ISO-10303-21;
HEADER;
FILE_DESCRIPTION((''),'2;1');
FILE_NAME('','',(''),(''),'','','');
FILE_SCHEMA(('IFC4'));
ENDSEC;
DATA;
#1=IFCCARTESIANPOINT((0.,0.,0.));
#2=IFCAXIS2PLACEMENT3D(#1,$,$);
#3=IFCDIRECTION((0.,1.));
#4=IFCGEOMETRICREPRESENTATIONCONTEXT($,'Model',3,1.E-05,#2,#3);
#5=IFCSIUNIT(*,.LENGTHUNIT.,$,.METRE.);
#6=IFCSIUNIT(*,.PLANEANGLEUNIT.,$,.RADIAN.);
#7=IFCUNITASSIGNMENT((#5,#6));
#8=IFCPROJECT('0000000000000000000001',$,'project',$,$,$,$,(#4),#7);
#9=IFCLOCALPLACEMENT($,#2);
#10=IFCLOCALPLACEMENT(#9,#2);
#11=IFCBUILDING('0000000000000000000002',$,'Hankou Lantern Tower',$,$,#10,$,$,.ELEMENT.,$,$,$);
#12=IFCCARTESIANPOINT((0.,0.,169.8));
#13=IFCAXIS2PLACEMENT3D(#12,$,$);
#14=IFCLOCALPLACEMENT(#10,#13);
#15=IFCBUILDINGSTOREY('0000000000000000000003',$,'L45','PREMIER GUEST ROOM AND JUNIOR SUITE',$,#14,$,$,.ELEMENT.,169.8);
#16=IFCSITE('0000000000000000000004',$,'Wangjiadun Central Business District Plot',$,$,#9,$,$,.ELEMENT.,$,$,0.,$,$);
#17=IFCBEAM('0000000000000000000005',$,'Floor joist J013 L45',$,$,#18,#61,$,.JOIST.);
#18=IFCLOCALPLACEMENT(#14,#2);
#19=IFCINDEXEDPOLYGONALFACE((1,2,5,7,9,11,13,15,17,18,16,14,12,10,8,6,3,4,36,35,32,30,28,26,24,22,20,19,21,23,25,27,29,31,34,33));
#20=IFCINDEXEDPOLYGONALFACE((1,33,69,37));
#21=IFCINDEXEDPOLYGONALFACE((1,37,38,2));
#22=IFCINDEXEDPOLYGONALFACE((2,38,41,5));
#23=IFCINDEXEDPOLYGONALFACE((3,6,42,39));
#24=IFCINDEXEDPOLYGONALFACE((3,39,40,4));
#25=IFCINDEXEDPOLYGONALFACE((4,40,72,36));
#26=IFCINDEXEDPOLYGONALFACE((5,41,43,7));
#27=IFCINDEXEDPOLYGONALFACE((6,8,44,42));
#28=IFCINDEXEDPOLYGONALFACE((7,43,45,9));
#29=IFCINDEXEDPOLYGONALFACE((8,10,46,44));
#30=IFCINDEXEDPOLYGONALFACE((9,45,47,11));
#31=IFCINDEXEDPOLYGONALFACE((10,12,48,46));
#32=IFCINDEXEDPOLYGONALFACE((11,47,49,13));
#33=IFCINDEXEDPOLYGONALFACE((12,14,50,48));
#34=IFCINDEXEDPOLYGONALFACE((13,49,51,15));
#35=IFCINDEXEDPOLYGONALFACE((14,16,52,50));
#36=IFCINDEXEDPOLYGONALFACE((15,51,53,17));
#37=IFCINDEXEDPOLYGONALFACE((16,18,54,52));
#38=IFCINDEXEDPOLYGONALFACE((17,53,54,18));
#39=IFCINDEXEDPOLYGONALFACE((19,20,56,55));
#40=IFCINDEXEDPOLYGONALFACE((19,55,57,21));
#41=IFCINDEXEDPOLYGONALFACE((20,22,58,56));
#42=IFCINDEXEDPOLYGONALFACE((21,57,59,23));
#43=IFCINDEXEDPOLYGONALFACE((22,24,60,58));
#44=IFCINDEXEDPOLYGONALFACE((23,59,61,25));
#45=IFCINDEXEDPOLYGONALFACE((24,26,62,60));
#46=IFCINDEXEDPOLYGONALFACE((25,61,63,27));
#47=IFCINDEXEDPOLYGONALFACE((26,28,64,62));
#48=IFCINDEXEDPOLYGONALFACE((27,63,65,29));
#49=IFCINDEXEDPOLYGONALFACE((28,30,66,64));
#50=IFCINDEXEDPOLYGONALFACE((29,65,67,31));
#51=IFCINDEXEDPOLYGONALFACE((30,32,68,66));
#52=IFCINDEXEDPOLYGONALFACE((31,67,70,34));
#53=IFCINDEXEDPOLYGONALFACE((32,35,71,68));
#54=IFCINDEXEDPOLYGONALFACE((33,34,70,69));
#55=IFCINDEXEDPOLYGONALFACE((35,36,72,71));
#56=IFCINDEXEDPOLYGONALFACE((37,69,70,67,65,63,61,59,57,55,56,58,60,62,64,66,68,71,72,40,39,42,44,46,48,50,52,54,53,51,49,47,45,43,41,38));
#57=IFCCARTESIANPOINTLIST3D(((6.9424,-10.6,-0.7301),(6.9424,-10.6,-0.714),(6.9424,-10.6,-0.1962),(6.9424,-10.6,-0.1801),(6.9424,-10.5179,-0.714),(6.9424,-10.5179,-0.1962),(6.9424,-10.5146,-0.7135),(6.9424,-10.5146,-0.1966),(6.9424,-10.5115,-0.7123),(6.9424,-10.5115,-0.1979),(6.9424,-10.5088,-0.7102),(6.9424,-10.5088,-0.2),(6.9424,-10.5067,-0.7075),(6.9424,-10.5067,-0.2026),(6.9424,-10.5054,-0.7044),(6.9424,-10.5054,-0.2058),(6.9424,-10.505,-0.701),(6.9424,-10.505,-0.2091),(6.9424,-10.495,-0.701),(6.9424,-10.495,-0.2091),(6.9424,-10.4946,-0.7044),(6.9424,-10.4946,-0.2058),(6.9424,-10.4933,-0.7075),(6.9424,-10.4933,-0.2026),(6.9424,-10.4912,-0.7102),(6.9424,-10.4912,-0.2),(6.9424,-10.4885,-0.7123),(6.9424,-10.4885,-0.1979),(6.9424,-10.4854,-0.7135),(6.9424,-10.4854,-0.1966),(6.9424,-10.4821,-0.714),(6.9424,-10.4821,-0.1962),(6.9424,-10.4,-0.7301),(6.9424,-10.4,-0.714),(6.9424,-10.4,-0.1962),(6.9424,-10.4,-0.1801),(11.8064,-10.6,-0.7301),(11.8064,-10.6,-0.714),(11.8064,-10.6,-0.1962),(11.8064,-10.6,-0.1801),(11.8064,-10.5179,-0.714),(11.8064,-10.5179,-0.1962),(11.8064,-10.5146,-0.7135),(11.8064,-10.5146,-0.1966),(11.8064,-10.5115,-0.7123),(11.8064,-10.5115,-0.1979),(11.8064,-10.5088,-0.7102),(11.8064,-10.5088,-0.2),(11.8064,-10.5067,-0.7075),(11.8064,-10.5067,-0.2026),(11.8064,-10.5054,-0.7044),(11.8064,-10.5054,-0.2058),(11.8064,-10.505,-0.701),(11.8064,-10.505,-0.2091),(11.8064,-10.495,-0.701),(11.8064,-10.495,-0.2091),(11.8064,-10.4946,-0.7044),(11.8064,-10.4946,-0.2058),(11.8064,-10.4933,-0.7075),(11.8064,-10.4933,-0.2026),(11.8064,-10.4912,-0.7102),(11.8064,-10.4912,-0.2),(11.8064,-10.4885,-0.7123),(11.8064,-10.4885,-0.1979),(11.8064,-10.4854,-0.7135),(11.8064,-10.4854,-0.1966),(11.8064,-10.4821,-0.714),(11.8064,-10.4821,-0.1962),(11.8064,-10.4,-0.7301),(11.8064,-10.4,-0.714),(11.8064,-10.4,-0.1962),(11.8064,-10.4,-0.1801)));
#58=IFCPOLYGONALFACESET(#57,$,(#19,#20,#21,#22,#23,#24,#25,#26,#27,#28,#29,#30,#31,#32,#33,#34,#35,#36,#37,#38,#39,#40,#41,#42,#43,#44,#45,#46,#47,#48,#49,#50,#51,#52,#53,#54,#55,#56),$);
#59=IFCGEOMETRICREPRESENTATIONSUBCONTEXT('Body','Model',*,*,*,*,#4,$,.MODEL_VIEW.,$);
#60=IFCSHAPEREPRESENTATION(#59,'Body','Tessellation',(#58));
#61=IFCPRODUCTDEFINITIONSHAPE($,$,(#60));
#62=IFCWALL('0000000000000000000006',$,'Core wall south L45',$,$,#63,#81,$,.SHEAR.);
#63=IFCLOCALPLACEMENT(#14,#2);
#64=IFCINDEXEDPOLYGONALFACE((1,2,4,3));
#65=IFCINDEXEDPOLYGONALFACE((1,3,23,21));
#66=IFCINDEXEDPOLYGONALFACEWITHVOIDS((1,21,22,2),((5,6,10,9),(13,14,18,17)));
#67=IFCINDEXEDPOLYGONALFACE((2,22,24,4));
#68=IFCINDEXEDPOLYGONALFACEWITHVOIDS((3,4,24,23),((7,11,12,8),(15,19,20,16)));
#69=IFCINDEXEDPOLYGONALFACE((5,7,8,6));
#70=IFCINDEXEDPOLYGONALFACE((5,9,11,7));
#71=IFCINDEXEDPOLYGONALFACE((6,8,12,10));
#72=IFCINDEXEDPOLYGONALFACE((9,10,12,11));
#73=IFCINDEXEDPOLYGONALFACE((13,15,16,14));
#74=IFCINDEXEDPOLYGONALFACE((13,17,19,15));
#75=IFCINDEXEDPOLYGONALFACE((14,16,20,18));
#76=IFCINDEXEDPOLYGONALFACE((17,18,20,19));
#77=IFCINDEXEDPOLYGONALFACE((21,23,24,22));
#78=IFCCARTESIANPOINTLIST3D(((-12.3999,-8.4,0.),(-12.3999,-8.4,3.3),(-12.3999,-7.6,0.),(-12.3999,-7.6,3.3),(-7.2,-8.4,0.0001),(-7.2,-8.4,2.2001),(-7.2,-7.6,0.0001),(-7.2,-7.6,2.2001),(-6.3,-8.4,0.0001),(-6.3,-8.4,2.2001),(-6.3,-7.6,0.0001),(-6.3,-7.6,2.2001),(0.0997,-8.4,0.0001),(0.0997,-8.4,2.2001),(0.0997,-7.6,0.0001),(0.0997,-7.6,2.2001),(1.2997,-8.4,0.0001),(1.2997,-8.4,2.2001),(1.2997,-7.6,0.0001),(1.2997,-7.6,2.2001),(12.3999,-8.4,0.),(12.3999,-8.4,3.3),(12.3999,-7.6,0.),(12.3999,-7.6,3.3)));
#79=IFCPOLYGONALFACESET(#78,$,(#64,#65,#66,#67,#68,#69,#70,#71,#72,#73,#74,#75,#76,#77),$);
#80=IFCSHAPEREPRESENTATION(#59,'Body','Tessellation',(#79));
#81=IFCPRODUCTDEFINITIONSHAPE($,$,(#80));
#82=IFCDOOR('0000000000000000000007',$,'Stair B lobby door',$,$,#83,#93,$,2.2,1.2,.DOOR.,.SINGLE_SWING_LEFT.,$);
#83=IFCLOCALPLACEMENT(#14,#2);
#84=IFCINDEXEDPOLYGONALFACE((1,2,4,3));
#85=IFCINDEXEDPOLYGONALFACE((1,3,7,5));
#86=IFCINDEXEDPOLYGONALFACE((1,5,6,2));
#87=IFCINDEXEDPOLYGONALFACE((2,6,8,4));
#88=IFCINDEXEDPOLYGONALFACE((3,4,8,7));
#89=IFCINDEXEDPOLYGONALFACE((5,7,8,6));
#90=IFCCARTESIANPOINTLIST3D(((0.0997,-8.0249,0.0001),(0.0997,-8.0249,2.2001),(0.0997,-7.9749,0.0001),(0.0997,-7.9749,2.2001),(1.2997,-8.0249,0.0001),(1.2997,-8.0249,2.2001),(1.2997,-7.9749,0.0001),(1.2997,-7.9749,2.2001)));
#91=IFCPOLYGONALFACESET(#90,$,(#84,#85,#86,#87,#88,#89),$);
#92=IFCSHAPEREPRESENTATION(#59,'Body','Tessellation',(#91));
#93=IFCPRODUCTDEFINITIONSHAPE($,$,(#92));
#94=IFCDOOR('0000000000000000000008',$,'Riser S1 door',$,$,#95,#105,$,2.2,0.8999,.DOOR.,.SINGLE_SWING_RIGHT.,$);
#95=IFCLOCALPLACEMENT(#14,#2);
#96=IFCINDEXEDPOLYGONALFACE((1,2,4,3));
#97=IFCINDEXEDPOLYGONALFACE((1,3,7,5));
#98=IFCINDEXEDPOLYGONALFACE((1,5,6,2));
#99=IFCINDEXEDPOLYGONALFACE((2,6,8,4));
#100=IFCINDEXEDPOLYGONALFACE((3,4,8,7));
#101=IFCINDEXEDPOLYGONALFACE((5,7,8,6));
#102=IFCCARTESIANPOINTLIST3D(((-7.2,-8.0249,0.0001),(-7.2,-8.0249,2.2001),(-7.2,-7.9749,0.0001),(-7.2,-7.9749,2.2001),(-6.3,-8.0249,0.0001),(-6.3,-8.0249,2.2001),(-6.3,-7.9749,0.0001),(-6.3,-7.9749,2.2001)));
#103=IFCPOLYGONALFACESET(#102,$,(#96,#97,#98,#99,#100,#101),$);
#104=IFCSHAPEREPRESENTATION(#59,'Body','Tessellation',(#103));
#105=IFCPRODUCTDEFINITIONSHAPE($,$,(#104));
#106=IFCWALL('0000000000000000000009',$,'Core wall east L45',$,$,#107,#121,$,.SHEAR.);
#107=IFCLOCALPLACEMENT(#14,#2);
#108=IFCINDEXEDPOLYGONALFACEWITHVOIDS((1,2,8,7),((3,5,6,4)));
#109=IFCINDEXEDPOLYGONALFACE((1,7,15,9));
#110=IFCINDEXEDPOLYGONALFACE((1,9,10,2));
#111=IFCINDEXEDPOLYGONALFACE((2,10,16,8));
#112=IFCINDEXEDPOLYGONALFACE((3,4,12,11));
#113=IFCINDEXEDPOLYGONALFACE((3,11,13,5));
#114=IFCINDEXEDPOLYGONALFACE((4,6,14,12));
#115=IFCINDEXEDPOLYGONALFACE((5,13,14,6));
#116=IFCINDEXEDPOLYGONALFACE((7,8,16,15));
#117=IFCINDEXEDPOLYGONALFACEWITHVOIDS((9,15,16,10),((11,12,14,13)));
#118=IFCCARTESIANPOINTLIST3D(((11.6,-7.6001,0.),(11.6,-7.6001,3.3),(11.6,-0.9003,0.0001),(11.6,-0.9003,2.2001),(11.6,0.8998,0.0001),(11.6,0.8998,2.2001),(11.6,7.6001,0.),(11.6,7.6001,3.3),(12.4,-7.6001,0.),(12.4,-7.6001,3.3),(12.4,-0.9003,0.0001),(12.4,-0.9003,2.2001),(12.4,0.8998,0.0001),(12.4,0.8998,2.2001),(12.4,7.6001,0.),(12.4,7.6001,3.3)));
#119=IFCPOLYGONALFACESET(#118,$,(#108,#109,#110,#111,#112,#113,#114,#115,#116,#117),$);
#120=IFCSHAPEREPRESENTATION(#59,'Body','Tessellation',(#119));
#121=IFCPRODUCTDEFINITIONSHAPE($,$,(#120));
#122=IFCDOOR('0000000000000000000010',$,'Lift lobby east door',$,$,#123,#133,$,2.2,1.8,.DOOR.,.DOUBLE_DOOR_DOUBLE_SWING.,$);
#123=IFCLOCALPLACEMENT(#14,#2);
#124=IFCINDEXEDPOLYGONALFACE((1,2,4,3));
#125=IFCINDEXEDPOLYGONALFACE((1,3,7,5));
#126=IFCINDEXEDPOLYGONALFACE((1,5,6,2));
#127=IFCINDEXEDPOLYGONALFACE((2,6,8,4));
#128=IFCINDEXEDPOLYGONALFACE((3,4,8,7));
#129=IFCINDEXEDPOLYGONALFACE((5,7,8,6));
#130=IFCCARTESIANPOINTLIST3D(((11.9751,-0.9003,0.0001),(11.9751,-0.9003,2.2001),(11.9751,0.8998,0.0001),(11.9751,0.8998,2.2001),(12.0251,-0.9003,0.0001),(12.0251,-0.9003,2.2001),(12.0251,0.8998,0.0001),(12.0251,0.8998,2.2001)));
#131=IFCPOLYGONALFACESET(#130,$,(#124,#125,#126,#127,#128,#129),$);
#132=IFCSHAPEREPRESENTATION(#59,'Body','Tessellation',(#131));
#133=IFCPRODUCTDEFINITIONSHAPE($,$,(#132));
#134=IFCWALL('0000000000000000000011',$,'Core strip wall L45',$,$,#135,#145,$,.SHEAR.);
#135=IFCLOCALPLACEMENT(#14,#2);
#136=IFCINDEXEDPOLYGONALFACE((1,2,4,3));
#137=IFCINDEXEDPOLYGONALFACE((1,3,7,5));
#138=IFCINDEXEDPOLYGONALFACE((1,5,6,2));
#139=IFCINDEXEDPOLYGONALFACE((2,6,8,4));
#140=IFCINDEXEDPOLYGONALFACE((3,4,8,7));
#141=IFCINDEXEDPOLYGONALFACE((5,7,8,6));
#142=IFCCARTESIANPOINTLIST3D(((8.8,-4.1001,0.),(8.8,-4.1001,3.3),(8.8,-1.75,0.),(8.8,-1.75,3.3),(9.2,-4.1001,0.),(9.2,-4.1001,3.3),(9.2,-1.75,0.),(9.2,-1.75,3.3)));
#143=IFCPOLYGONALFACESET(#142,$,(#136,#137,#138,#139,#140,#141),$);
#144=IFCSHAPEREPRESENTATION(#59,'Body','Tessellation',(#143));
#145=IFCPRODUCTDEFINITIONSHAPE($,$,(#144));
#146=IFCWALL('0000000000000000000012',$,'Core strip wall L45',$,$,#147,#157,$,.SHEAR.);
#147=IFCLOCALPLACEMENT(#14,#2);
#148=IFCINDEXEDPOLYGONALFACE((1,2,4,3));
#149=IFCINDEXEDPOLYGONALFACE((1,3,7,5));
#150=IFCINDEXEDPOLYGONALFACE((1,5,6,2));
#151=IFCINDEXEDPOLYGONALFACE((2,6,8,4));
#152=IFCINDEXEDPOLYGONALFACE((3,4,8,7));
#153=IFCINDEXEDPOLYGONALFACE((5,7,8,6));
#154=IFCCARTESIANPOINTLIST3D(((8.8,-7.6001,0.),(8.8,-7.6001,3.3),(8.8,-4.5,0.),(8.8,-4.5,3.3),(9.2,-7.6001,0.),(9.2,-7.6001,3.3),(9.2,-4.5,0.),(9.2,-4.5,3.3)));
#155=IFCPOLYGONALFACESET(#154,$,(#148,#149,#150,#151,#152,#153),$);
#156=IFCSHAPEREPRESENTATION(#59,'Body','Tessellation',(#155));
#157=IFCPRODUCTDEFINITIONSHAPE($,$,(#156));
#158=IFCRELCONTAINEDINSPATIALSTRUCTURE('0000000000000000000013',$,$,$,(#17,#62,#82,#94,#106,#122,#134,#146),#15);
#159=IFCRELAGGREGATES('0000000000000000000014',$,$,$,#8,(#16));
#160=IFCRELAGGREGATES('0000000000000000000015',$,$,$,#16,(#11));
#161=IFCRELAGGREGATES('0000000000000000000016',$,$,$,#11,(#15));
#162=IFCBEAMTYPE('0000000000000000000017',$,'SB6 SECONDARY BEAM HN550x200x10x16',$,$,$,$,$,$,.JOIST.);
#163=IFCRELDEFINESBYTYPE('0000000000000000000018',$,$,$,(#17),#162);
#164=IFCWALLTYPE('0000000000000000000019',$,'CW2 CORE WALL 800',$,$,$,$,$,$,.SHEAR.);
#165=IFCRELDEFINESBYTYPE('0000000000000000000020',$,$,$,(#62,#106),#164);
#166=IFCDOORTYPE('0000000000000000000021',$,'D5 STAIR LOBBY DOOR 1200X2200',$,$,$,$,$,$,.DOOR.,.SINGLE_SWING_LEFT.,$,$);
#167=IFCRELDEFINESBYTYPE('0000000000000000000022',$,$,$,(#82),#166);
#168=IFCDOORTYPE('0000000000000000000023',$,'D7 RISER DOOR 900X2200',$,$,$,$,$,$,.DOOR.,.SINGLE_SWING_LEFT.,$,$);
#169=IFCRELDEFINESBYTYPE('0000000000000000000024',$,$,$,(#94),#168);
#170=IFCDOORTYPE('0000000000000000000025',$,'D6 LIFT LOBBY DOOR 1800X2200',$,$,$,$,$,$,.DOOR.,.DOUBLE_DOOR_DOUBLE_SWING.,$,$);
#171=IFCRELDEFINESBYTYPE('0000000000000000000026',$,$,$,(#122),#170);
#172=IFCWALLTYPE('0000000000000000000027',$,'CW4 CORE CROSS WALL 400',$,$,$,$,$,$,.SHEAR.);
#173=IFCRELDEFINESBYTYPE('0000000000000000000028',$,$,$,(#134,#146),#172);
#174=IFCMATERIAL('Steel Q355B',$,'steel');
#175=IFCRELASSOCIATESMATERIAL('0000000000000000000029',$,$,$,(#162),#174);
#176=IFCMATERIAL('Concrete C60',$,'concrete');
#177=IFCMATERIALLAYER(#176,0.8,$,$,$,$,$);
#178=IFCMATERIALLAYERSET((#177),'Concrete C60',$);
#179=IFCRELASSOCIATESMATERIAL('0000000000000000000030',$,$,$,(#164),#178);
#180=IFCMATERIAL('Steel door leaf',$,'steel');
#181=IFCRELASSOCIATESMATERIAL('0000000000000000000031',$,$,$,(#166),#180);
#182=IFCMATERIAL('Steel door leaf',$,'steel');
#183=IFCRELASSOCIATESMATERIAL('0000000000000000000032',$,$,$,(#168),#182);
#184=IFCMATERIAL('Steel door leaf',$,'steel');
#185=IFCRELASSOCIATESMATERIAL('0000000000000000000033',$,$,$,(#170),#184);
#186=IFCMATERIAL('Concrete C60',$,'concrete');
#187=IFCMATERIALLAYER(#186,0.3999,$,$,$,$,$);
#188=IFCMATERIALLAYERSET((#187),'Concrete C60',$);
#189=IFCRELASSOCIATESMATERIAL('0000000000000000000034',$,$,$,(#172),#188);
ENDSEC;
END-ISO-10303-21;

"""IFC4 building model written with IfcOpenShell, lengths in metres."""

from ifc_helpers import new_model, si_unit, direction, frame, frame_2d, origin, origin_2d, place, context, subcontext, project, spatial, rectangle, i_section, extrude, material, layer, layer_set, material_profile, profile_set, type_object, element, fill, save


model = new_model("IFC4")

# Units and contexts
model_context = context("Model", 3, precision=1e-05, world=origin(), true_north=direction((0.0, 1.0)))
body_context = subcontext(model_context, "Body", "Model", "MODEL_VIEW")
ifc_project = project(units=[si_unit("LENGTHUNIT", "METRE"), si_unit("PLANEANGLEUNIT", "RADIAN")], contexts=[model_context])

# Site, building, storey
site_placement = place(None, origin())
site = spatial("IfcSite", under=ifc_project, at=site_placement, Name="Wangjiadun Central Business District Plot", CompositionType="ELEMENT", RefElevation=0.0)
building_placement = place(site_placement, origin())
building = spatial("IfcBuilding", under=site, at=building_placement, Name="Hankou Lantern Tower", CompositionType="ELEMENT")
storey_placement = place(building_placement, frame((0.0, 0.0, 169.8)))
storey = spatial("IfcBuildingStorey", under=building, at=storey_placement, Name="L45", Description="PREMIER GUEST ROOM AND JUNIOR SUITE", CompositionType="ELEMENT", Elevation=169.8)

# Beam
ifc_material_1 = material(Name="Steel Q355B", Category="steel")
ifc_material_profile_1 = material_profile(ifc_material_1, i_section(OverallWidth=0.2, OverallDepth=0.55, WebThickness=0.01, FlangeThickness=0.0161, FilletRadius=0.0129, at=origin_2d()), Name="HN550x200x10x16")
ifc_profile_set_1 = profile_set([ifc_material_profile_1], Name="Steel Q355B")
beam_type_1 = type_object("IfcBeamType", Name="SB6 SECONDARY BEAM HN550x200x10x16", PredefinedType="JOIST", material=ifc_profile_set_1)
beam_1_placement = place(storey_placement, frame((6.9424, -10.5, -0.4551), z_axis=(1.0, 0.0, 0.0), x_axis=(0.0, 1.0, 0.0)))
element("IfcBeam", 1, at=beam_1_placement, inside=storey, type_object=beam_type_1, Name="Floor joist J013 L45", PredefinedType="JOIST", context=body_context, shape_type="SweptSolid", body=[
    extrude(i_section(OverallWidth=0.2, OverallDepth=0.55, WebThickness=0.01, FlangeThickness=0.0161, FilletRadius=0.0129, at=origin_2d()), origin(), (0.0, 0.0, 1.0), 4.864),
])

# Wall, openings, doors
ifc_material_2 = material(Name="Concrete C60", Category="concrete")
ifc_layer_1 = layer(ifc_material_2, 0.8)
ifc_layer_set_1 = layer_set([ifc_layer_1], Name="Concrete C60")
wall_type_1 = type_object("IfcWallType", Name="CW2 CORE WALL 800", PredefinedType="SHEAR", material=ifc_layer_set_1)
wall_1_placement = place(storey_placement, frame((12.3999, -8.0, 0.0), z_axis=(0.0, 0.0, 1.0), x_axis=(-1.0, 0.0, 0.0)))
wall_1 = element("IfcWall", 2, at=wall_1_placement, inside=storey, type_object=wall_type_1, Name="Core wall south L45", PredefinedType="SHEAR", context=body_context, shape_type="SweptSolid", body=[
    extrude(rectangle(XDim=24.7998, YDim=0.8, at=frame_2d((12.3999, 0.0))), origin(), (0.0, 0.0, 1.0), 3.3),
])
opening_1_placement = place(wall_1_placement, frame((11.1001, 0.0, 0.0)))
opening_1 = element("IfcOpeningElement", 3, at=opening_1_placement, cuts=wall_1, PredefinedType="OPENING", context=body_context, shape_type="SweptSolid", body=[
    extrude(rectangle(XDim=1.2, YDim=2.2, at=frame_2d((0.6001, 1.1001))), frame((0.0, 0.4099, 0.0), z_axis=(0.0, -1.0, 0.0), x_axis=(1.0, 0.0, 0.0)), (0.0, 0.0, 1.0), 0.8201),
])
opening_2_placement = place(wall_1_placement, frame((18.7, 0.0, 0.0)))
opening_2 = element("IfcOpeningElement", 4, at=opening_2_placement, cuts=wall_1, PredefinedType="OPENING", context=body_context, shape_type="SweptSolid", body=[
    extrude(rectangle(XDim=0.8999, YDim=2.2, at=frame_2d((0.45, 1.1001))), frame((0.0, 0.4099, 0.0), z_axis=(0.0, -1.0, 0.0), x_axis=(1.0, 0.0, 0.0)), (0.0, 0.0, 1.0), 0.8201),
])
ifc_material_3 = material(Name="Steel door leaf", Category="steel")
door_type_1 = type_object("IfcDoorType", Name="D5 STAIR LOBBY DOOR 1200X2200", OperationType="SINGLE_SWING_LEFT", PredefinedType="DOOR", material=ifc_material_3)
door_1_placement = place(opening_1_placement, origin())
door_1 = element("IfcDoor", 5, at=door_1_placement, inside=storey, type_object=door_type_1, Name="Stair B lobby door", OperationType="SINGLE_SWING_LEFT", OverallHeight=2.2, OverallWidth=1.2, PredefinedType="DOOR", context=body_context, shape_type="SweptSolid", body=[
    extrude(rectangle(XDim=1.2, YDim=2.2, at=frame_2d((0.6001, 1.1001))), frame((0.0, 0.0249, 0.0), z_axis=(0.0, -1.0, 0.0), x_axis=(1.0, 0.0, 0.0)), (0.0, 0.0, 1.0), 0.05),
])
fill(opening_1, door_1)
ifc_material_4 = material(Name="Steel door leaf", Category="steel")
door_type_2 = type_object("IfcDoorType", Name="D7 RISER DOOR 900X2200", OperationType="SINGLE_SWING_LEFT", PredefinedType="DOOR", material=ifc_material_4)
door_2_placement = place(opening_2_placement, origin())
door_2 = element("IfcDoor", 6, at=door_2_placement, inside=storey, type_object=door_type_2, Name="Riser S1 door", OperationType="SINGLE_SWING_RIGHT", OverallHeight=2.2, OverallWidth=0.8999, PredefinedType="DOOR", context=body_context, shape_type="SweptSolid", body=[
    extrude(rectangle(XDim=0.8999, YDim=2.2, at=frame_2d((0.45, 1.1001))), frame((0.0, 0.0249, 0.0), z_axis=(0.0, -1.0, 0.0), x_axis=(1.0, 0.0, 0.0)), (0.0, 0.0, 1.0), 0.05),
])
fill(opening_2, door_2)

# Wall, opening, door
wall_2_placement = place(storey_placement, frame((12.0, -7.6001, 0.0), z_axis=(0.0, 0.0, 1.0), x_axis=(0.0, 1.0, 0.0)))
wall_2 = element("IfcWall", 7, at=wall_2_placement, inside=storey, type_object=wall_type_1, Name="Core wall east L45", PredefinedType="SHEAR", context=body_context, shape_type="SweptSolid", body=[
    extrude(rectangle(XDim=15.2002, YDim=0.8, at=frame_2d((7.6001, 0.0))), origin(), (0.0, 0.0, 1.0), 3.3),
])
opening_3_placement = place(wall_2_placement, frame((6.7, 0.0, 0.0)))
opening_3 = element("IfcOpeningElement", 8, at=opening_3_placement, cuts=wall_2, PredefinedType="OPENING", context=body_context, shape_type="SweptSolid", body=[
    extrude(rectangle(XDim=1.8, YDim=2.2, at=frame_2d((0.8999, 1.1001))), frame((0.0, 0.4099, 0.0), z_axis=(0.0, -1.0, 0.0), x_axis=(1.0, 0.0, 0.0)), (0.0, 0.0, 1.0), 0.8201),
])
ifc_material_5 = material(Name="Steel door leaf", Category="steel")
door_type_3 = type_object("IfcDoorType", Name="D6 LIFT LOBBY DOOR 1800X2200", OperationType="DOUBLE_DOOR_DOUBLE_SWING", PredefinedType="DOOR", material=ifc_material_5)
door_3_placement = place(opening_3_placement, origin())
door_3 = element("IfcDoor", 9, at=door_3_placement, inside=storey, type_object=door_type_3, Name="Lift lobby east door", OperationType="DOUBLE_DOOR_DOUBLE_SWING", OverallHeight=2.2, OverallWidth=1.8, PredefinedType="DOOR", context=body_context, shape_type="SweptSolid", body=[
    extrude(rectangle(XDim=1.8, YDim=2.2, at=frame_2d((0.8999, 1.1001))), frame((0.0, 0.0249, 0.0), z_axis=(0.0, -1.0, 0.0), x_axis=(1.0, 0.0, 0.0)), (0.0, 0.0, 1.0), 0.05),
])
fill(opening_3, door_3)

# Walls
ifc_material_6 = material(Name="Concrete C60", Category="concrete")
ifc_layer_2 = layer(ifc_material_6, 0.3999)
ifc_layer_set_2 = layer_set([ifc_layer_2], Name="Concrete C60")
wall_type_2 = type_object("IfcWallType", Name="CW4 CORE CROSS WALL 400", PredefinedType="SHEAR", material=ifc_layer_set_2)
wall_3_placement = place(storey_placement, frame((9.0, -4.1001, 0.0), z_axis=(0.0, 0.0, 1.0), x_axis=(0.0, 1.0, 0.0)))
element("IfcWall", 10, at=wall_3_placement, inside=storey, type_object=wall_type_2, Name="Core strip wall L45", PredefinedType="SHEAR", context=body_context, shape_type="SweptSolid", body=[
    extrude(rectangle(XDim=2.3501, YDim=0.3999, at=frame_2d((1.175, 0.0))), origin(), (0.0, 0.0, 1.0), 3.3),
])
wall_4_placement = place(storey_placement, frame((9.0, -7.6001, 0.0), z_axis=(0.0, 0.0, 1.0), x_axis=(0.0, 1.0, 0.0)))
element("IfcWall", 11, at=wall_4_placement, inside=storey, type_object=wall_type_2, Name="Core strip wall L45", PredefinedType="SHEAR", context=body_context, shape_type="SweptSolid", body=[
    extrude(rectangle(XDim=3.1001, YDim=0.3999, at=frame_2d((1.55, 0.0))), origin(), (0.0, 0.0, 1.0), 3.3),
])

save(model, "model.ifc")
